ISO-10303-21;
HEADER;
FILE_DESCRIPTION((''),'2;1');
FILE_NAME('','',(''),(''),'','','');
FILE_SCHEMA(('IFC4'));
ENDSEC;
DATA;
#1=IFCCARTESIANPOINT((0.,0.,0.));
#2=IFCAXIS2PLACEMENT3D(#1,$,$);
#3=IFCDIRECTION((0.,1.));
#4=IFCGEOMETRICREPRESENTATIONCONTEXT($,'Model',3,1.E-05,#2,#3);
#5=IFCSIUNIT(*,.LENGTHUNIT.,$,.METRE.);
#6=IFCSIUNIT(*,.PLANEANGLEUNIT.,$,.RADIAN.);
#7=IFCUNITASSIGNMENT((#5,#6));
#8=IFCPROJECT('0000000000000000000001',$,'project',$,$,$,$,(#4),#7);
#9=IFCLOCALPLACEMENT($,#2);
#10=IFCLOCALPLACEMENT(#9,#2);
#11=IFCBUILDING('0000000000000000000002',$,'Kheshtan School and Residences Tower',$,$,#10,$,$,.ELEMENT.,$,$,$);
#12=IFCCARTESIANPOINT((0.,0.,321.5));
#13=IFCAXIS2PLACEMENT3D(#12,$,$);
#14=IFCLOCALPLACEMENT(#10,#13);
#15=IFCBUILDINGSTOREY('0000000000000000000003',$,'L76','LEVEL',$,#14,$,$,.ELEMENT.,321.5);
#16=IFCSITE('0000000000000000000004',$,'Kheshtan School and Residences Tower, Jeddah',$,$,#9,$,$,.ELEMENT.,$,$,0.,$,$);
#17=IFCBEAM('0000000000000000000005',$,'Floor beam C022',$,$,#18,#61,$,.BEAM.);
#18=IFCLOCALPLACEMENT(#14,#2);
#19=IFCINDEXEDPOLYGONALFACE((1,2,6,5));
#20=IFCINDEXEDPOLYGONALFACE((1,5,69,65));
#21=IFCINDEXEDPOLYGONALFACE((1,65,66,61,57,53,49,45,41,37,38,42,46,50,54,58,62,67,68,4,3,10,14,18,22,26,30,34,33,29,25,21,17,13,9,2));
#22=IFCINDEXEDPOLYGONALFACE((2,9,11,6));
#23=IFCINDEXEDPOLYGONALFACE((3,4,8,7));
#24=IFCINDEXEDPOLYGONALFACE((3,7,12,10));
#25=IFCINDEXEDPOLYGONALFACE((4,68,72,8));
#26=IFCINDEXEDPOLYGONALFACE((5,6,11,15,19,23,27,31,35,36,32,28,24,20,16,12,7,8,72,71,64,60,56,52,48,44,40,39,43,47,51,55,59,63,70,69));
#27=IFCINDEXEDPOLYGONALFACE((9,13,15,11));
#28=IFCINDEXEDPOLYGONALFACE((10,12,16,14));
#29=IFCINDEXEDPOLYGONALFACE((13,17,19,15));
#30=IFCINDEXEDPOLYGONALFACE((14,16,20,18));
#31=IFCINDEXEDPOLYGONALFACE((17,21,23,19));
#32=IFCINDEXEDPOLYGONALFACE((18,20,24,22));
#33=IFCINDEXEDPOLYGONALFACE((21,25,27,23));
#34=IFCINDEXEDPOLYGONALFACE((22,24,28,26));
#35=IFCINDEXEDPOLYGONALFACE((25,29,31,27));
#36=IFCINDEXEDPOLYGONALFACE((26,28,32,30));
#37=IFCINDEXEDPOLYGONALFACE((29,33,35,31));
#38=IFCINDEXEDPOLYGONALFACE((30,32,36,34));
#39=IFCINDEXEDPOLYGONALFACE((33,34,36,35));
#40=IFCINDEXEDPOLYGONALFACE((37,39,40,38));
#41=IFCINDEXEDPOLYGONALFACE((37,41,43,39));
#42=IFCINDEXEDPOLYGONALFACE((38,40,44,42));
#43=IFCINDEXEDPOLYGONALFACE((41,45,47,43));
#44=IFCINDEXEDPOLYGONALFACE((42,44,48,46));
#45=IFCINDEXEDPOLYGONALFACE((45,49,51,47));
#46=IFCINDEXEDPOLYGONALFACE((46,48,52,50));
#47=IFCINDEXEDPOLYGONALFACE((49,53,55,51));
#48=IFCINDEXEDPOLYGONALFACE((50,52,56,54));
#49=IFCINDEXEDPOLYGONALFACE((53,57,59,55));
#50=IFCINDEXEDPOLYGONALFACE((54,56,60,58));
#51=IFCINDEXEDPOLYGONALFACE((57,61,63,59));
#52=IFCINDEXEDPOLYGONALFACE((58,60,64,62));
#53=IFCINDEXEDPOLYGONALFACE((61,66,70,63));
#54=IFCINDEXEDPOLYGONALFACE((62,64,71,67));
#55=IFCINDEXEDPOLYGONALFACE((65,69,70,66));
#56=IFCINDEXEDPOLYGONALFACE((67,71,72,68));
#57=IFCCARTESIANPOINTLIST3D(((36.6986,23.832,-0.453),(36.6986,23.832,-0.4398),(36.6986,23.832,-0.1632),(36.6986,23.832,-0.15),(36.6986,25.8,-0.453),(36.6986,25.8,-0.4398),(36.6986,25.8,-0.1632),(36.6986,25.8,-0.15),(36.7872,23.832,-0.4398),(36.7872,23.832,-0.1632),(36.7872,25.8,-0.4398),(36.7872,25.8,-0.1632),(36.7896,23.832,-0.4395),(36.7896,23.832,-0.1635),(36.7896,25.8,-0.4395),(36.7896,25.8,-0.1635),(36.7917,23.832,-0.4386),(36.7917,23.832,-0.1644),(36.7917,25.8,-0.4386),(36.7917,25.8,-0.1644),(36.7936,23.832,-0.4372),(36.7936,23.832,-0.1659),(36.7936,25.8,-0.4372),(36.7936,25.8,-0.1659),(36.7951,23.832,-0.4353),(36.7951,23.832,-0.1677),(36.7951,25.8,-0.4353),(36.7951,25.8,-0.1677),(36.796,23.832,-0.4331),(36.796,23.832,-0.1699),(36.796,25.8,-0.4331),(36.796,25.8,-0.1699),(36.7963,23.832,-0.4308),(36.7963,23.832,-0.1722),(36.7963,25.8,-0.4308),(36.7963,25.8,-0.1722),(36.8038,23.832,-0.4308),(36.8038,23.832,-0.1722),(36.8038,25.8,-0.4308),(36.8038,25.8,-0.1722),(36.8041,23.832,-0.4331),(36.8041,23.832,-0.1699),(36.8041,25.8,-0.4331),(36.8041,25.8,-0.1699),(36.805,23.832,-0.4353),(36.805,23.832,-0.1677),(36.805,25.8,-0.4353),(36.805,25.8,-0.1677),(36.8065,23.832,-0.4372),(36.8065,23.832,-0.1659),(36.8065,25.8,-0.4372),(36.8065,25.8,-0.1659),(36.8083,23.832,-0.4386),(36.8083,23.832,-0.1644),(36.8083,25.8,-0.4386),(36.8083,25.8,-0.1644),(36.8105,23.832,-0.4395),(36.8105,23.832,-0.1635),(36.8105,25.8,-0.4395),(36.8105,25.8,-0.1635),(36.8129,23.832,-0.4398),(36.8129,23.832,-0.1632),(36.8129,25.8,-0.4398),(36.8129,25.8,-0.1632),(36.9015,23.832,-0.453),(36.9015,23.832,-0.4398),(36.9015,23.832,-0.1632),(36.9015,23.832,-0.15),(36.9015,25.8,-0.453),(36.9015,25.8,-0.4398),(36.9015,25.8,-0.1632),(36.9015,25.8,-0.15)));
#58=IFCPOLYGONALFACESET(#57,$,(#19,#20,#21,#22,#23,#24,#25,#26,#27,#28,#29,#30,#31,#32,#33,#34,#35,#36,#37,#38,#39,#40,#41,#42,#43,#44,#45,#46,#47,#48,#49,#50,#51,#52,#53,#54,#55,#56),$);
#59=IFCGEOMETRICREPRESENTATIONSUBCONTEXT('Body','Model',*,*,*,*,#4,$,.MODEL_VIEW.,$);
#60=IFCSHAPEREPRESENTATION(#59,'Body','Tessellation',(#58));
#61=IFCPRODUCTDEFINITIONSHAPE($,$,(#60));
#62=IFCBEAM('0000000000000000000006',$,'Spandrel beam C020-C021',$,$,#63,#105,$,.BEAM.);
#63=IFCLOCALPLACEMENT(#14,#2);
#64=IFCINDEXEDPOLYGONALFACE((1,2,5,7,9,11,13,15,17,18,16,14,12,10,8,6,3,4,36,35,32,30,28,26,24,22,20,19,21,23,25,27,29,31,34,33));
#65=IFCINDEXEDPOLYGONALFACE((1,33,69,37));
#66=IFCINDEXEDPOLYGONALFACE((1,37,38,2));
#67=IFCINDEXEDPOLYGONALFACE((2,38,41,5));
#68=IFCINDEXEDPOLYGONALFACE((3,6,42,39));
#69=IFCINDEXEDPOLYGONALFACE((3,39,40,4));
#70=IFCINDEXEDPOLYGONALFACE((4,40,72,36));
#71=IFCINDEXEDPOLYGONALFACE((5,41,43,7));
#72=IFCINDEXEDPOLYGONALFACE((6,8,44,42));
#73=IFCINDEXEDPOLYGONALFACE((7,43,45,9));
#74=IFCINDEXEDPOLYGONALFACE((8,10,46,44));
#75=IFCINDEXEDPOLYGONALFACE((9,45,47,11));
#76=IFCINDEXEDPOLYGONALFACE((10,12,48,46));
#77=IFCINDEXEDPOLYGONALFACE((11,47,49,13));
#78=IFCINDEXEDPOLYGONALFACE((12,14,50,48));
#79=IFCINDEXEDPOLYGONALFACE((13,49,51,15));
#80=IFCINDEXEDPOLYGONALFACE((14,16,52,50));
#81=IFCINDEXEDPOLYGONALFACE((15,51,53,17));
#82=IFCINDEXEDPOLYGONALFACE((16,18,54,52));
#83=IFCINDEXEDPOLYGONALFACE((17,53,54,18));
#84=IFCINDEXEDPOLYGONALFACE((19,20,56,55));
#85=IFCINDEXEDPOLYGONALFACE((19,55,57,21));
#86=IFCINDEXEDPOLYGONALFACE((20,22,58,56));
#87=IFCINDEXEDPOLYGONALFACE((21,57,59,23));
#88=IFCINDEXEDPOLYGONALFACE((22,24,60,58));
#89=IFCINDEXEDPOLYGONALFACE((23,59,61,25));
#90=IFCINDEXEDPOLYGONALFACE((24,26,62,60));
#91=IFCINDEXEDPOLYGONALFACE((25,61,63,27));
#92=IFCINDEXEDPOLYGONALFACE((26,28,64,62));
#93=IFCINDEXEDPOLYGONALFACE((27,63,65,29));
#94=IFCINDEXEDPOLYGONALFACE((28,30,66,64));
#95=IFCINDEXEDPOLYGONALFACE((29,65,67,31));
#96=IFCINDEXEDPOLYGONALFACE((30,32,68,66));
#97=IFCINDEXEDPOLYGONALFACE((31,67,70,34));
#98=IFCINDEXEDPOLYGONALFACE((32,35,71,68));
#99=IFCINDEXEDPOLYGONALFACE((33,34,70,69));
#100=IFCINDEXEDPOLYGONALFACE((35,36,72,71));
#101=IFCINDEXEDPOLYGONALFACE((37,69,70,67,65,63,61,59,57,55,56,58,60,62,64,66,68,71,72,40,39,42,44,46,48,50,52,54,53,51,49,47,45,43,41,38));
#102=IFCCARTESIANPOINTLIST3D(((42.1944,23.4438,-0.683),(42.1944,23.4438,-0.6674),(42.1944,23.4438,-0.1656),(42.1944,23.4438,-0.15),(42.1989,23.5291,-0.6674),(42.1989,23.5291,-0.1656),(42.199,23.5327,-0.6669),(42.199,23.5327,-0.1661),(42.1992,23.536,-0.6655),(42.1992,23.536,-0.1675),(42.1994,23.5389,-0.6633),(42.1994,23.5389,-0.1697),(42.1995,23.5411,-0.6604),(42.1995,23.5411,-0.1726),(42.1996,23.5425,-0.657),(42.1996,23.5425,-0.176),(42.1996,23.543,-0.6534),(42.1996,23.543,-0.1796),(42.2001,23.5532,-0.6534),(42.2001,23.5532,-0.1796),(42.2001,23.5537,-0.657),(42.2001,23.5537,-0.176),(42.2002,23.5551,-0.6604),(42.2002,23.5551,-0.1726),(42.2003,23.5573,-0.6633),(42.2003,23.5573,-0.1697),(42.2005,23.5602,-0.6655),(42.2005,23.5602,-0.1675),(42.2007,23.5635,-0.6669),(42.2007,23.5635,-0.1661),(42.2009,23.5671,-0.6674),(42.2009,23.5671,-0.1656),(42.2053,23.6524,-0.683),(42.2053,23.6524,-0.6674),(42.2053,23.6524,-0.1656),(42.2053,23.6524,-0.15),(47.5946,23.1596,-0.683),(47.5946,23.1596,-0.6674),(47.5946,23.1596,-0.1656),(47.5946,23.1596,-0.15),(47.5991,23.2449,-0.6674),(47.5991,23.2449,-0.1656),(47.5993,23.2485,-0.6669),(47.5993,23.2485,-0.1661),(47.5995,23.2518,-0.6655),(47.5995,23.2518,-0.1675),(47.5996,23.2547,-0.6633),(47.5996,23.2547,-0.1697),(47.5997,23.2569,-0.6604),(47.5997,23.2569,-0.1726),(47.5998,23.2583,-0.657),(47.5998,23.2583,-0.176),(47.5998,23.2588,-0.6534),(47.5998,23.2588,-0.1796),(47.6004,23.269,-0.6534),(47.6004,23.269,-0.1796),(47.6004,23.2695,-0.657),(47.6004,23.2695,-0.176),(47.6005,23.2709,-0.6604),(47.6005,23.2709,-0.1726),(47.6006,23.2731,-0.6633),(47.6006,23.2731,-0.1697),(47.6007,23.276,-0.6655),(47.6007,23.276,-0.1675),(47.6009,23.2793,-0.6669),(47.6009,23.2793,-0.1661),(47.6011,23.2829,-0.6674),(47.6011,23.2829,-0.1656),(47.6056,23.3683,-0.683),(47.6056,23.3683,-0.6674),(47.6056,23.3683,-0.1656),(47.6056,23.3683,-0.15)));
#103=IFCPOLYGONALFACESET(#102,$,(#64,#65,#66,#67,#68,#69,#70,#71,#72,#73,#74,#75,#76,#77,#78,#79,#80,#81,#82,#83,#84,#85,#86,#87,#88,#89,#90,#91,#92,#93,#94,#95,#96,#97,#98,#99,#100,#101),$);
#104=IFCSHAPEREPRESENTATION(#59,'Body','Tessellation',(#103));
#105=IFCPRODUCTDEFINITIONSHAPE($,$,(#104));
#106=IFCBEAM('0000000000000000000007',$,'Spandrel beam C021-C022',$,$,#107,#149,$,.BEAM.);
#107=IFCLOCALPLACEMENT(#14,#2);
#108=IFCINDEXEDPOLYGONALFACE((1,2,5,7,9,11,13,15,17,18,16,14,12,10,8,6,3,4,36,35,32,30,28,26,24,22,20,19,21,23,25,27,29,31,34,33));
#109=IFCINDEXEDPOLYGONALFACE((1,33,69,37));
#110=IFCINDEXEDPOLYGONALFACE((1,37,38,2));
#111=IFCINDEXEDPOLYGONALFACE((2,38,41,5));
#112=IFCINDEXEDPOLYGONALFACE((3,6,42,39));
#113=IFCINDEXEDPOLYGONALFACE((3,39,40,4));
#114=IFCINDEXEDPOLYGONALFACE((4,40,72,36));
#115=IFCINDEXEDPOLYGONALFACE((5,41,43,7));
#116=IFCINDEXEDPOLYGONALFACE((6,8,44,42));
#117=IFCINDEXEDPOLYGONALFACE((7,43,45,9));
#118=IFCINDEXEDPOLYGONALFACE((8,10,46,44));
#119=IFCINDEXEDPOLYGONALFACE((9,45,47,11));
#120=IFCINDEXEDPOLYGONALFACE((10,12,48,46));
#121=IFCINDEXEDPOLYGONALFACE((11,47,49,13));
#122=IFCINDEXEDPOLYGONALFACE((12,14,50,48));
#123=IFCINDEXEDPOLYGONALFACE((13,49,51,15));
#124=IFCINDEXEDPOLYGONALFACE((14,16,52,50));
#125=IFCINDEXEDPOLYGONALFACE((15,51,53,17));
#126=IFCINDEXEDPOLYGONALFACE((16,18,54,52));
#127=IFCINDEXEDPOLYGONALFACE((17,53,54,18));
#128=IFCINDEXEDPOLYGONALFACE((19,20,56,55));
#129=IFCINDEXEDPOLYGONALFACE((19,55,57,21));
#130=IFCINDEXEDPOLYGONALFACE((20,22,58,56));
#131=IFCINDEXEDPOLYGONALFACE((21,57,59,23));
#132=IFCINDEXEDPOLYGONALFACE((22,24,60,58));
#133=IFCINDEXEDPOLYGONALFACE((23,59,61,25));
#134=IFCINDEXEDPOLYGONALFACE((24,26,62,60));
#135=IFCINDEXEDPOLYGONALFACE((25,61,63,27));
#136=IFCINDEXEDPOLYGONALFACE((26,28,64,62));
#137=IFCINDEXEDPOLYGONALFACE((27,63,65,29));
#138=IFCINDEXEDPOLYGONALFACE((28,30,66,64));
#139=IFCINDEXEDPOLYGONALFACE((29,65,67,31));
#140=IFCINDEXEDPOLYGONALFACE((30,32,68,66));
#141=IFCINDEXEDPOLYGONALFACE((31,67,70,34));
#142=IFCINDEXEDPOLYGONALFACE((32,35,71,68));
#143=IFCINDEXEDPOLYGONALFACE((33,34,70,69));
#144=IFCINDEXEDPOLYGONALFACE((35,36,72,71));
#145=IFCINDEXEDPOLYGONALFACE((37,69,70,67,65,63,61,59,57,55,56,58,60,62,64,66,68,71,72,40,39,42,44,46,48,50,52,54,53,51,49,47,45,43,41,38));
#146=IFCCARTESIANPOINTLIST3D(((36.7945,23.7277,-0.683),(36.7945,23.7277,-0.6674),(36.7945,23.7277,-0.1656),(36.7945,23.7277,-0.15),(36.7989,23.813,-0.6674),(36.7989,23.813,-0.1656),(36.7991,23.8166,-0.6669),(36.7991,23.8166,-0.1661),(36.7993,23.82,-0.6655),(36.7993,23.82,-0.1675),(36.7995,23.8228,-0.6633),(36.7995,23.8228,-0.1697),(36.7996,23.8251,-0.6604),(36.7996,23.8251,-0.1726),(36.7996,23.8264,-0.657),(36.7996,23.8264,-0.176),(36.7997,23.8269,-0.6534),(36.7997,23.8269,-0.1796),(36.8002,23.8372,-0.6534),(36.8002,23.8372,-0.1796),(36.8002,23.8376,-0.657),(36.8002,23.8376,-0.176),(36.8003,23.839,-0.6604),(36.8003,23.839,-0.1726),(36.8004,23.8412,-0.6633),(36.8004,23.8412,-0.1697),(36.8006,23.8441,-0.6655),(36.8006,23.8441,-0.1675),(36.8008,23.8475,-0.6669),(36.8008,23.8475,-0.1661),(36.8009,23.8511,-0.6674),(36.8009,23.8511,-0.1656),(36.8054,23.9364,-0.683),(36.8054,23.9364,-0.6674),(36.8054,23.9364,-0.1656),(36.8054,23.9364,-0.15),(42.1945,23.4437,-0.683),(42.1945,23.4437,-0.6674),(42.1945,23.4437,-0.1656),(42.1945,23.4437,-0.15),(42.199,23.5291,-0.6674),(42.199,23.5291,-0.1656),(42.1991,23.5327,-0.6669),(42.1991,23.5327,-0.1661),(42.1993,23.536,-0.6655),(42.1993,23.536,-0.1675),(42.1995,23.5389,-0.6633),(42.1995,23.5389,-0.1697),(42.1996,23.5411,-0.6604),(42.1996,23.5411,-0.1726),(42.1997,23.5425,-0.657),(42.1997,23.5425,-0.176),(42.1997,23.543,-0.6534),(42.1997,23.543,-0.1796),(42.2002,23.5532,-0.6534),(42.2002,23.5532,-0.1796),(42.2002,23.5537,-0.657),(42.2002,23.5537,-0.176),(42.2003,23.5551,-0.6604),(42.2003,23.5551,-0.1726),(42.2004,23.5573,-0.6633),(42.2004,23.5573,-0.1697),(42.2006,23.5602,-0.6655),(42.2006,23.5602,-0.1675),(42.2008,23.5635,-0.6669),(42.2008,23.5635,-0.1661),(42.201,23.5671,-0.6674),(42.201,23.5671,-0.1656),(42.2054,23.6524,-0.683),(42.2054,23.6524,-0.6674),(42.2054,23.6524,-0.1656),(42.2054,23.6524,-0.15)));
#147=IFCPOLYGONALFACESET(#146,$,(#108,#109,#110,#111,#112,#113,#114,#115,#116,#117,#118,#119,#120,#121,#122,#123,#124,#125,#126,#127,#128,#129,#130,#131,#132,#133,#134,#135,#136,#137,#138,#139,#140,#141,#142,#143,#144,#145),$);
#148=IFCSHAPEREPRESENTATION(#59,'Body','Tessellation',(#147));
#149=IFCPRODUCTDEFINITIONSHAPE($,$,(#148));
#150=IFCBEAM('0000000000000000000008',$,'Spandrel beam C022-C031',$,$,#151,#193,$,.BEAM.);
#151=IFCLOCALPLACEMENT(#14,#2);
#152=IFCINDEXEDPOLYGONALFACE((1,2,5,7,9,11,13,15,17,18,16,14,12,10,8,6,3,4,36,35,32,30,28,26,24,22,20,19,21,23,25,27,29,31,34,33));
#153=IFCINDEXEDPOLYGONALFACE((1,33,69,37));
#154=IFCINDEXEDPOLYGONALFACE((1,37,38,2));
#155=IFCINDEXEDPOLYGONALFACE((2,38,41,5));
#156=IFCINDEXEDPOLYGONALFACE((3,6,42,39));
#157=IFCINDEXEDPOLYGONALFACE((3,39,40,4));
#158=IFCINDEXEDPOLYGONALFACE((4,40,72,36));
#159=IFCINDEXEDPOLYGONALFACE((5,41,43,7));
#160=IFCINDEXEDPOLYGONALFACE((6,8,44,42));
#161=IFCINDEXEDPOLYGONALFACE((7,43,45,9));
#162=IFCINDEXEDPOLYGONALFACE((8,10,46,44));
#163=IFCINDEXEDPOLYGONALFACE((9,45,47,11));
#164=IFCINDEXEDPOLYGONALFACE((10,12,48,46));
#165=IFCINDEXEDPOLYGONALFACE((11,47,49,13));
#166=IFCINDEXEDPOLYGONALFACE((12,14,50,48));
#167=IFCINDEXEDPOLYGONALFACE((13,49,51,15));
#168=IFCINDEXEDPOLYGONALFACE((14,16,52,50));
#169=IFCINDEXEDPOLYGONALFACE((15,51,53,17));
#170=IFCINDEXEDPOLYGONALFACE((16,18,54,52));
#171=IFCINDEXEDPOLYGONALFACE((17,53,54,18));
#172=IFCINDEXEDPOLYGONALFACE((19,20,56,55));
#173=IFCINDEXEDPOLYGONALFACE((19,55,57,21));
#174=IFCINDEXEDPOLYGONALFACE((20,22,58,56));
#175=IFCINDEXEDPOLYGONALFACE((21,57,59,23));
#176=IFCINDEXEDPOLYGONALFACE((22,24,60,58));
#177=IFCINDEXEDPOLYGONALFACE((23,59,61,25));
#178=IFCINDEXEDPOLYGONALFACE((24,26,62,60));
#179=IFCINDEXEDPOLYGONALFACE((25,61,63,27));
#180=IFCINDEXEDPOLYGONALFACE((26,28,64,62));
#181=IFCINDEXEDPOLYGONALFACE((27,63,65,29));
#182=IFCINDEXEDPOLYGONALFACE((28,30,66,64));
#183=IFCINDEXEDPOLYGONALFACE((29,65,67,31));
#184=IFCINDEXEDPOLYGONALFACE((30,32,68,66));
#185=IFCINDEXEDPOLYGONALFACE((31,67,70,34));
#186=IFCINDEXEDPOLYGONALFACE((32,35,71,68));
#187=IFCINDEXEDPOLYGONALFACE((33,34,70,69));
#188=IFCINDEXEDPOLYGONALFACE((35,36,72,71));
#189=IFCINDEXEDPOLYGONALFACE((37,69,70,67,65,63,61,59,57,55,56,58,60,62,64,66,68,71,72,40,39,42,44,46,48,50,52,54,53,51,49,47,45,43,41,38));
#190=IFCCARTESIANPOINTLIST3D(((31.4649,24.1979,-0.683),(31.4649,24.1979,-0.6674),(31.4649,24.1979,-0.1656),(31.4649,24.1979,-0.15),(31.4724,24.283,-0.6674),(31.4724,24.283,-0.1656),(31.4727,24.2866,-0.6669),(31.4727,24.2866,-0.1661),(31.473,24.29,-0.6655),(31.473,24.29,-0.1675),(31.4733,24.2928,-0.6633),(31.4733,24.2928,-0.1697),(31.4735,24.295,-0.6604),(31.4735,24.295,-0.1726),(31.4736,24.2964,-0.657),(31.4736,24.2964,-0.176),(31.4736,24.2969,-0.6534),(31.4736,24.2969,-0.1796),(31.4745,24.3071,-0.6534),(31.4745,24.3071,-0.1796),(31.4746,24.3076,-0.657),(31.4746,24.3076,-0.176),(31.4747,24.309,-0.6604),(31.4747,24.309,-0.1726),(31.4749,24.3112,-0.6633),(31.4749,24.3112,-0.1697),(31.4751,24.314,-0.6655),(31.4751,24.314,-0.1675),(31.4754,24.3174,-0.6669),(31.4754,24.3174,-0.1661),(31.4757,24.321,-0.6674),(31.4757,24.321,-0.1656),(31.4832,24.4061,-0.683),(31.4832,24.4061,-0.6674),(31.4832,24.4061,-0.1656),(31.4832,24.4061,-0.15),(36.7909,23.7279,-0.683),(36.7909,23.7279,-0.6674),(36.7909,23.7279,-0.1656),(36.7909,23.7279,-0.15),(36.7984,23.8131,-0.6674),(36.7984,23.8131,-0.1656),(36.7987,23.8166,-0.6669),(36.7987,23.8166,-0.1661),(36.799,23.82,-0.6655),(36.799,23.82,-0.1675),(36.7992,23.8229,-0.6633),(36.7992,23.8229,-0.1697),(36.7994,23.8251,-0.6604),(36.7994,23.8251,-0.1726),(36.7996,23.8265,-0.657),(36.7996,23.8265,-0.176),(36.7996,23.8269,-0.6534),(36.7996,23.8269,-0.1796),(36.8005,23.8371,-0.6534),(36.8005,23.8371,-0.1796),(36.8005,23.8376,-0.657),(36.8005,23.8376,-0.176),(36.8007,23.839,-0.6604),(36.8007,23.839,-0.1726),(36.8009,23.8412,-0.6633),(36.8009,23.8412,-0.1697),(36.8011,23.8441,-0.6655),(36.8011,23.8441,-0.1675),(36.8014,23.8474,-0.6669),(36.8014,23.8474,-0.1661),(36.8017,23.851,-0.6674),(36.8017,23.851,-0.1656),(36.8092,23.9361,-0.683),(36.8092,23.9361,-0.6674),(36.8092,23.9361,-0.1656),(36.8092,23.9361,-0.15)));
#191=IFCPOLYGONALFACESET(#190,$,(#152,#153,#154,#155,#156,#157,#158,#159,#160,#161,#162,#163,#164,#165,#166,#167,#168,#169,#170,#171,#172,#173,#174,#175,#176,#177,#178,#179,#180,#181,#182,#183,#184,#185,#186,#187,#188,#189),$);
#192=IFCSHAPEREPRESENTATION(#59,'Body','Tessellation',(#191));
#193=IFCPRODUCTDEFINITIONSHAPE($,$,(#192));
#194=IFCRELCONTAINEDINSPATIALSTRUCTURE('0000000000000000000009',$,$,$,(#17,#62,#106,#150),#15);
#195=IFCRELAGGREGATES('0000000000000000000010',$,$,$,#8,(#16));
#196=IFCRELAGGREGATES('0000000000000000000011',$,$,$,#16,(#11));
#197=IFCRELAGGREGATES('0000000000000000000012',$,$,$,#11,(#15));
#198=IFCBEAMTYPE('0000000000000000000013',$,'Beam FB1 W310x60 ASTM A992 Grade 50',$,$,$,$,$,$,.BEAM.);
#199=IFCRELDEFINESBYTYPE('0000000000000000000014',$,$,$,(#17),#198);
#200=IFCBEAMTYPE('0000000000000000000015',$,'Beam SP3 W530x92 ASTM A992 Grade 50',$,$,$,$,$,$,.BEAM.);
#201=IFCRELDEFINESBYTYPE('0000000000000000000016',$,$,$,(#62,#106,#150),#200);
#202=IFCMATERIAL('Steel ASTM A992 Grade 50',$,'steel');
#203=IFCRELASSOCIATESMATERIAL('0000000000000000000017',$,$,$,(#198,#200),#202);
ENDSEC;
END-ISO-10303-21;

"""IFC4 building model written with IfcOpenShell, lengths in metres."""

from ifc_helpers import new_model, si_unit, direction, frame, origin, origin_2d, place, context, subcontext, project, spatial, i_section, extrude, material, material_profile, profile_set, type_object, element, save


model = new_model("IFC4")

# Units and contexts
model_context = context("Model", 3, precision=1e-05, world=origin(), true_north=direction((0.0, 1.0)))
body_context = subcontext(model_context, "Body", "Model", "MODEL_VIEW")
ifc_project = project(units=[si_unit("LENGTHUNIT", "METRE"), si_unit("PLANEANGLEUNIT", "RADIAN")], contexts=[model_context])

# Site, building, storey
site_placement = place(None, origin())
site = spatial("IfcSite", under=ifc_project, at=site_placement, Name="Kheshtan School and Residences Tower, Jeddah", CompositionType="ELEMENT", RefElevation=0.0)
building_placement = place(site_placement, origin())
building = spatial("IfcBuilding", under=site, at=building_placement, Name="Kheshtan School and Residences Tower", CompositionType="ELEMENT")
storey_placement = place(building_placement, frame((0.0, 0.0, 321.5)))
storey = spatial("IfcBuildingStorey", under=building, at=storey_placement, Name="L76", Description="LEVEL", CompositionType="ELEMENT", Elevation=321.5)

# Shared definitions
ifc_material_1 = material(Name="Steel ASTM A992 Grade 50", Category="steel")

# Beams
ifc_material_profile_1 = material_profile(ifc_material_1, i_section(OverallWidth=0.2029, OverallDepth=0.303, WebThickness=0.0076, FlangeThickness=0.0132, FilletRadius=0.009, at=origin_2d()), Name="W310x60")
ifc_profile_set_1 = profile_set([ifc_material_profile_1], Name="Steel ASTM A992 Grade 50")
beam_type_1 = type_object("IfcBeamType", Name="Beam FB1 W310x60 ASTM A992 Grade 50", PredefinedType="BEAM", material=ifc_profile_set_1)
beam_1_placement = place(storey_placement, frame((36.8, 23.832, -0.3015), z_axis=(0.0, 1.0, 0.0), x_axis=(-1.0, 0.0, 0.0)))
element("IfcBeam", 1, at=beam_1_placement, inside=storey, type_object=beam_type_1, Name="Floor beam C022", PredefinedType="BEAM", context=body_context, shape_type="SweptSolid", body=[
    extrude(i_section(OverallWidth=0.2029, OverallDepth=0.303, WebThickness=0.0076, FlangeThickness=0.0132, FilletRadius=0.009, at=origin_2d()), origin(), (0.0, 0.0, 1.0), 1.968),
])
ifc_material_profile_2 = material_profile(ifc_material_1, i_section(OverallWidth=0.209, OverallDepth=0.533, WebThickness=0.0103, FlangeThickness=0.0156, FilletRadius=0.0139, at=origin_2d()), Name="W530x92")
ifc_profile_set_2 = profile_set([ifc_material_profile_2], Name="Steel ASTM A992 Grade 50")
beam_type_2 = type_object("IfcBeamType", Name="Beam SP3 W530x92 ASTM A992 Grade 50", PredefinedType="BEAM", material=ifc_profile_set_2)
beam_2_placement = place(storey_placement, frame((47.6001, 23.2639, -0.4165), z_axis=(-0.998618, 0.052552, 0.0), x_axis=(-0.052552, -0.998618, 0.0)))
element("IfcBeam", 2, at=beam_2_placement, inside=storey, type_object=beam_type_2, Name="Spandrel beam C020-C021", PredefinedType="BEAM", context=body_context, shape_type="SweptSolid", body=[
    extrude(i_section(OverallWidth=0.209, OverallDepth=0.533, WebThickness=0.0103, FlangeThickness=0.0156, FilletRadius=0.0139, at=origin_2d()), origin(), (0.0, 0.0, 1.0), 5.4077),
])
beam_3_placement = place(storey_placement, frame((42.2, 23.5481, -0.4165), z_axis=(-0.99862, 0.052509, 0.0), x_axis=(-0.052509, -0.99862, 0.0)))
element("IfcBeam", 3, at=beam_3_placement, inside=storey, type_object=beam_type_2, Name="Spandrel beam C021-C022", PredefinedType="BEAM", context=body_context, shape_type="SweptSolid", body=[
    extrude(i_section(OverallWidth=0.209, OverallDepth=0.533, WebThickness=0.0103, FlangeThickness=0.0156, FilletRadius=0.0139, at=origin_2d()), origin(), (0.0, 0.0, 1.0), 5.4075),
])
beam_4_placement = place(storey_placement, frame((36.8, 23.832, -0.4165), z_axis=(-0.996129, 0.0879, 0.0), x_axis=(-0.0879, -0.996129, 0.0)))
element("IfcBeam", 4, at=beam_4_placement, inside=storey, type_object=beam_type_2, Name="Spandrel beam C022-C031", PredefinedType="BEAM", context=body_context, shape_type="SweptSolid", body=[
    extrude(i_section(OverallWidth=0.209, OverallDepth=0.533, WebThickness=0.0103, FlangeThickness=0.0156, FilletRadius=0.0139, at=origin_2d()), origin(), (0.0, 0.0, 1.0), 5.3467),
])

save(model, "model.ifc")
